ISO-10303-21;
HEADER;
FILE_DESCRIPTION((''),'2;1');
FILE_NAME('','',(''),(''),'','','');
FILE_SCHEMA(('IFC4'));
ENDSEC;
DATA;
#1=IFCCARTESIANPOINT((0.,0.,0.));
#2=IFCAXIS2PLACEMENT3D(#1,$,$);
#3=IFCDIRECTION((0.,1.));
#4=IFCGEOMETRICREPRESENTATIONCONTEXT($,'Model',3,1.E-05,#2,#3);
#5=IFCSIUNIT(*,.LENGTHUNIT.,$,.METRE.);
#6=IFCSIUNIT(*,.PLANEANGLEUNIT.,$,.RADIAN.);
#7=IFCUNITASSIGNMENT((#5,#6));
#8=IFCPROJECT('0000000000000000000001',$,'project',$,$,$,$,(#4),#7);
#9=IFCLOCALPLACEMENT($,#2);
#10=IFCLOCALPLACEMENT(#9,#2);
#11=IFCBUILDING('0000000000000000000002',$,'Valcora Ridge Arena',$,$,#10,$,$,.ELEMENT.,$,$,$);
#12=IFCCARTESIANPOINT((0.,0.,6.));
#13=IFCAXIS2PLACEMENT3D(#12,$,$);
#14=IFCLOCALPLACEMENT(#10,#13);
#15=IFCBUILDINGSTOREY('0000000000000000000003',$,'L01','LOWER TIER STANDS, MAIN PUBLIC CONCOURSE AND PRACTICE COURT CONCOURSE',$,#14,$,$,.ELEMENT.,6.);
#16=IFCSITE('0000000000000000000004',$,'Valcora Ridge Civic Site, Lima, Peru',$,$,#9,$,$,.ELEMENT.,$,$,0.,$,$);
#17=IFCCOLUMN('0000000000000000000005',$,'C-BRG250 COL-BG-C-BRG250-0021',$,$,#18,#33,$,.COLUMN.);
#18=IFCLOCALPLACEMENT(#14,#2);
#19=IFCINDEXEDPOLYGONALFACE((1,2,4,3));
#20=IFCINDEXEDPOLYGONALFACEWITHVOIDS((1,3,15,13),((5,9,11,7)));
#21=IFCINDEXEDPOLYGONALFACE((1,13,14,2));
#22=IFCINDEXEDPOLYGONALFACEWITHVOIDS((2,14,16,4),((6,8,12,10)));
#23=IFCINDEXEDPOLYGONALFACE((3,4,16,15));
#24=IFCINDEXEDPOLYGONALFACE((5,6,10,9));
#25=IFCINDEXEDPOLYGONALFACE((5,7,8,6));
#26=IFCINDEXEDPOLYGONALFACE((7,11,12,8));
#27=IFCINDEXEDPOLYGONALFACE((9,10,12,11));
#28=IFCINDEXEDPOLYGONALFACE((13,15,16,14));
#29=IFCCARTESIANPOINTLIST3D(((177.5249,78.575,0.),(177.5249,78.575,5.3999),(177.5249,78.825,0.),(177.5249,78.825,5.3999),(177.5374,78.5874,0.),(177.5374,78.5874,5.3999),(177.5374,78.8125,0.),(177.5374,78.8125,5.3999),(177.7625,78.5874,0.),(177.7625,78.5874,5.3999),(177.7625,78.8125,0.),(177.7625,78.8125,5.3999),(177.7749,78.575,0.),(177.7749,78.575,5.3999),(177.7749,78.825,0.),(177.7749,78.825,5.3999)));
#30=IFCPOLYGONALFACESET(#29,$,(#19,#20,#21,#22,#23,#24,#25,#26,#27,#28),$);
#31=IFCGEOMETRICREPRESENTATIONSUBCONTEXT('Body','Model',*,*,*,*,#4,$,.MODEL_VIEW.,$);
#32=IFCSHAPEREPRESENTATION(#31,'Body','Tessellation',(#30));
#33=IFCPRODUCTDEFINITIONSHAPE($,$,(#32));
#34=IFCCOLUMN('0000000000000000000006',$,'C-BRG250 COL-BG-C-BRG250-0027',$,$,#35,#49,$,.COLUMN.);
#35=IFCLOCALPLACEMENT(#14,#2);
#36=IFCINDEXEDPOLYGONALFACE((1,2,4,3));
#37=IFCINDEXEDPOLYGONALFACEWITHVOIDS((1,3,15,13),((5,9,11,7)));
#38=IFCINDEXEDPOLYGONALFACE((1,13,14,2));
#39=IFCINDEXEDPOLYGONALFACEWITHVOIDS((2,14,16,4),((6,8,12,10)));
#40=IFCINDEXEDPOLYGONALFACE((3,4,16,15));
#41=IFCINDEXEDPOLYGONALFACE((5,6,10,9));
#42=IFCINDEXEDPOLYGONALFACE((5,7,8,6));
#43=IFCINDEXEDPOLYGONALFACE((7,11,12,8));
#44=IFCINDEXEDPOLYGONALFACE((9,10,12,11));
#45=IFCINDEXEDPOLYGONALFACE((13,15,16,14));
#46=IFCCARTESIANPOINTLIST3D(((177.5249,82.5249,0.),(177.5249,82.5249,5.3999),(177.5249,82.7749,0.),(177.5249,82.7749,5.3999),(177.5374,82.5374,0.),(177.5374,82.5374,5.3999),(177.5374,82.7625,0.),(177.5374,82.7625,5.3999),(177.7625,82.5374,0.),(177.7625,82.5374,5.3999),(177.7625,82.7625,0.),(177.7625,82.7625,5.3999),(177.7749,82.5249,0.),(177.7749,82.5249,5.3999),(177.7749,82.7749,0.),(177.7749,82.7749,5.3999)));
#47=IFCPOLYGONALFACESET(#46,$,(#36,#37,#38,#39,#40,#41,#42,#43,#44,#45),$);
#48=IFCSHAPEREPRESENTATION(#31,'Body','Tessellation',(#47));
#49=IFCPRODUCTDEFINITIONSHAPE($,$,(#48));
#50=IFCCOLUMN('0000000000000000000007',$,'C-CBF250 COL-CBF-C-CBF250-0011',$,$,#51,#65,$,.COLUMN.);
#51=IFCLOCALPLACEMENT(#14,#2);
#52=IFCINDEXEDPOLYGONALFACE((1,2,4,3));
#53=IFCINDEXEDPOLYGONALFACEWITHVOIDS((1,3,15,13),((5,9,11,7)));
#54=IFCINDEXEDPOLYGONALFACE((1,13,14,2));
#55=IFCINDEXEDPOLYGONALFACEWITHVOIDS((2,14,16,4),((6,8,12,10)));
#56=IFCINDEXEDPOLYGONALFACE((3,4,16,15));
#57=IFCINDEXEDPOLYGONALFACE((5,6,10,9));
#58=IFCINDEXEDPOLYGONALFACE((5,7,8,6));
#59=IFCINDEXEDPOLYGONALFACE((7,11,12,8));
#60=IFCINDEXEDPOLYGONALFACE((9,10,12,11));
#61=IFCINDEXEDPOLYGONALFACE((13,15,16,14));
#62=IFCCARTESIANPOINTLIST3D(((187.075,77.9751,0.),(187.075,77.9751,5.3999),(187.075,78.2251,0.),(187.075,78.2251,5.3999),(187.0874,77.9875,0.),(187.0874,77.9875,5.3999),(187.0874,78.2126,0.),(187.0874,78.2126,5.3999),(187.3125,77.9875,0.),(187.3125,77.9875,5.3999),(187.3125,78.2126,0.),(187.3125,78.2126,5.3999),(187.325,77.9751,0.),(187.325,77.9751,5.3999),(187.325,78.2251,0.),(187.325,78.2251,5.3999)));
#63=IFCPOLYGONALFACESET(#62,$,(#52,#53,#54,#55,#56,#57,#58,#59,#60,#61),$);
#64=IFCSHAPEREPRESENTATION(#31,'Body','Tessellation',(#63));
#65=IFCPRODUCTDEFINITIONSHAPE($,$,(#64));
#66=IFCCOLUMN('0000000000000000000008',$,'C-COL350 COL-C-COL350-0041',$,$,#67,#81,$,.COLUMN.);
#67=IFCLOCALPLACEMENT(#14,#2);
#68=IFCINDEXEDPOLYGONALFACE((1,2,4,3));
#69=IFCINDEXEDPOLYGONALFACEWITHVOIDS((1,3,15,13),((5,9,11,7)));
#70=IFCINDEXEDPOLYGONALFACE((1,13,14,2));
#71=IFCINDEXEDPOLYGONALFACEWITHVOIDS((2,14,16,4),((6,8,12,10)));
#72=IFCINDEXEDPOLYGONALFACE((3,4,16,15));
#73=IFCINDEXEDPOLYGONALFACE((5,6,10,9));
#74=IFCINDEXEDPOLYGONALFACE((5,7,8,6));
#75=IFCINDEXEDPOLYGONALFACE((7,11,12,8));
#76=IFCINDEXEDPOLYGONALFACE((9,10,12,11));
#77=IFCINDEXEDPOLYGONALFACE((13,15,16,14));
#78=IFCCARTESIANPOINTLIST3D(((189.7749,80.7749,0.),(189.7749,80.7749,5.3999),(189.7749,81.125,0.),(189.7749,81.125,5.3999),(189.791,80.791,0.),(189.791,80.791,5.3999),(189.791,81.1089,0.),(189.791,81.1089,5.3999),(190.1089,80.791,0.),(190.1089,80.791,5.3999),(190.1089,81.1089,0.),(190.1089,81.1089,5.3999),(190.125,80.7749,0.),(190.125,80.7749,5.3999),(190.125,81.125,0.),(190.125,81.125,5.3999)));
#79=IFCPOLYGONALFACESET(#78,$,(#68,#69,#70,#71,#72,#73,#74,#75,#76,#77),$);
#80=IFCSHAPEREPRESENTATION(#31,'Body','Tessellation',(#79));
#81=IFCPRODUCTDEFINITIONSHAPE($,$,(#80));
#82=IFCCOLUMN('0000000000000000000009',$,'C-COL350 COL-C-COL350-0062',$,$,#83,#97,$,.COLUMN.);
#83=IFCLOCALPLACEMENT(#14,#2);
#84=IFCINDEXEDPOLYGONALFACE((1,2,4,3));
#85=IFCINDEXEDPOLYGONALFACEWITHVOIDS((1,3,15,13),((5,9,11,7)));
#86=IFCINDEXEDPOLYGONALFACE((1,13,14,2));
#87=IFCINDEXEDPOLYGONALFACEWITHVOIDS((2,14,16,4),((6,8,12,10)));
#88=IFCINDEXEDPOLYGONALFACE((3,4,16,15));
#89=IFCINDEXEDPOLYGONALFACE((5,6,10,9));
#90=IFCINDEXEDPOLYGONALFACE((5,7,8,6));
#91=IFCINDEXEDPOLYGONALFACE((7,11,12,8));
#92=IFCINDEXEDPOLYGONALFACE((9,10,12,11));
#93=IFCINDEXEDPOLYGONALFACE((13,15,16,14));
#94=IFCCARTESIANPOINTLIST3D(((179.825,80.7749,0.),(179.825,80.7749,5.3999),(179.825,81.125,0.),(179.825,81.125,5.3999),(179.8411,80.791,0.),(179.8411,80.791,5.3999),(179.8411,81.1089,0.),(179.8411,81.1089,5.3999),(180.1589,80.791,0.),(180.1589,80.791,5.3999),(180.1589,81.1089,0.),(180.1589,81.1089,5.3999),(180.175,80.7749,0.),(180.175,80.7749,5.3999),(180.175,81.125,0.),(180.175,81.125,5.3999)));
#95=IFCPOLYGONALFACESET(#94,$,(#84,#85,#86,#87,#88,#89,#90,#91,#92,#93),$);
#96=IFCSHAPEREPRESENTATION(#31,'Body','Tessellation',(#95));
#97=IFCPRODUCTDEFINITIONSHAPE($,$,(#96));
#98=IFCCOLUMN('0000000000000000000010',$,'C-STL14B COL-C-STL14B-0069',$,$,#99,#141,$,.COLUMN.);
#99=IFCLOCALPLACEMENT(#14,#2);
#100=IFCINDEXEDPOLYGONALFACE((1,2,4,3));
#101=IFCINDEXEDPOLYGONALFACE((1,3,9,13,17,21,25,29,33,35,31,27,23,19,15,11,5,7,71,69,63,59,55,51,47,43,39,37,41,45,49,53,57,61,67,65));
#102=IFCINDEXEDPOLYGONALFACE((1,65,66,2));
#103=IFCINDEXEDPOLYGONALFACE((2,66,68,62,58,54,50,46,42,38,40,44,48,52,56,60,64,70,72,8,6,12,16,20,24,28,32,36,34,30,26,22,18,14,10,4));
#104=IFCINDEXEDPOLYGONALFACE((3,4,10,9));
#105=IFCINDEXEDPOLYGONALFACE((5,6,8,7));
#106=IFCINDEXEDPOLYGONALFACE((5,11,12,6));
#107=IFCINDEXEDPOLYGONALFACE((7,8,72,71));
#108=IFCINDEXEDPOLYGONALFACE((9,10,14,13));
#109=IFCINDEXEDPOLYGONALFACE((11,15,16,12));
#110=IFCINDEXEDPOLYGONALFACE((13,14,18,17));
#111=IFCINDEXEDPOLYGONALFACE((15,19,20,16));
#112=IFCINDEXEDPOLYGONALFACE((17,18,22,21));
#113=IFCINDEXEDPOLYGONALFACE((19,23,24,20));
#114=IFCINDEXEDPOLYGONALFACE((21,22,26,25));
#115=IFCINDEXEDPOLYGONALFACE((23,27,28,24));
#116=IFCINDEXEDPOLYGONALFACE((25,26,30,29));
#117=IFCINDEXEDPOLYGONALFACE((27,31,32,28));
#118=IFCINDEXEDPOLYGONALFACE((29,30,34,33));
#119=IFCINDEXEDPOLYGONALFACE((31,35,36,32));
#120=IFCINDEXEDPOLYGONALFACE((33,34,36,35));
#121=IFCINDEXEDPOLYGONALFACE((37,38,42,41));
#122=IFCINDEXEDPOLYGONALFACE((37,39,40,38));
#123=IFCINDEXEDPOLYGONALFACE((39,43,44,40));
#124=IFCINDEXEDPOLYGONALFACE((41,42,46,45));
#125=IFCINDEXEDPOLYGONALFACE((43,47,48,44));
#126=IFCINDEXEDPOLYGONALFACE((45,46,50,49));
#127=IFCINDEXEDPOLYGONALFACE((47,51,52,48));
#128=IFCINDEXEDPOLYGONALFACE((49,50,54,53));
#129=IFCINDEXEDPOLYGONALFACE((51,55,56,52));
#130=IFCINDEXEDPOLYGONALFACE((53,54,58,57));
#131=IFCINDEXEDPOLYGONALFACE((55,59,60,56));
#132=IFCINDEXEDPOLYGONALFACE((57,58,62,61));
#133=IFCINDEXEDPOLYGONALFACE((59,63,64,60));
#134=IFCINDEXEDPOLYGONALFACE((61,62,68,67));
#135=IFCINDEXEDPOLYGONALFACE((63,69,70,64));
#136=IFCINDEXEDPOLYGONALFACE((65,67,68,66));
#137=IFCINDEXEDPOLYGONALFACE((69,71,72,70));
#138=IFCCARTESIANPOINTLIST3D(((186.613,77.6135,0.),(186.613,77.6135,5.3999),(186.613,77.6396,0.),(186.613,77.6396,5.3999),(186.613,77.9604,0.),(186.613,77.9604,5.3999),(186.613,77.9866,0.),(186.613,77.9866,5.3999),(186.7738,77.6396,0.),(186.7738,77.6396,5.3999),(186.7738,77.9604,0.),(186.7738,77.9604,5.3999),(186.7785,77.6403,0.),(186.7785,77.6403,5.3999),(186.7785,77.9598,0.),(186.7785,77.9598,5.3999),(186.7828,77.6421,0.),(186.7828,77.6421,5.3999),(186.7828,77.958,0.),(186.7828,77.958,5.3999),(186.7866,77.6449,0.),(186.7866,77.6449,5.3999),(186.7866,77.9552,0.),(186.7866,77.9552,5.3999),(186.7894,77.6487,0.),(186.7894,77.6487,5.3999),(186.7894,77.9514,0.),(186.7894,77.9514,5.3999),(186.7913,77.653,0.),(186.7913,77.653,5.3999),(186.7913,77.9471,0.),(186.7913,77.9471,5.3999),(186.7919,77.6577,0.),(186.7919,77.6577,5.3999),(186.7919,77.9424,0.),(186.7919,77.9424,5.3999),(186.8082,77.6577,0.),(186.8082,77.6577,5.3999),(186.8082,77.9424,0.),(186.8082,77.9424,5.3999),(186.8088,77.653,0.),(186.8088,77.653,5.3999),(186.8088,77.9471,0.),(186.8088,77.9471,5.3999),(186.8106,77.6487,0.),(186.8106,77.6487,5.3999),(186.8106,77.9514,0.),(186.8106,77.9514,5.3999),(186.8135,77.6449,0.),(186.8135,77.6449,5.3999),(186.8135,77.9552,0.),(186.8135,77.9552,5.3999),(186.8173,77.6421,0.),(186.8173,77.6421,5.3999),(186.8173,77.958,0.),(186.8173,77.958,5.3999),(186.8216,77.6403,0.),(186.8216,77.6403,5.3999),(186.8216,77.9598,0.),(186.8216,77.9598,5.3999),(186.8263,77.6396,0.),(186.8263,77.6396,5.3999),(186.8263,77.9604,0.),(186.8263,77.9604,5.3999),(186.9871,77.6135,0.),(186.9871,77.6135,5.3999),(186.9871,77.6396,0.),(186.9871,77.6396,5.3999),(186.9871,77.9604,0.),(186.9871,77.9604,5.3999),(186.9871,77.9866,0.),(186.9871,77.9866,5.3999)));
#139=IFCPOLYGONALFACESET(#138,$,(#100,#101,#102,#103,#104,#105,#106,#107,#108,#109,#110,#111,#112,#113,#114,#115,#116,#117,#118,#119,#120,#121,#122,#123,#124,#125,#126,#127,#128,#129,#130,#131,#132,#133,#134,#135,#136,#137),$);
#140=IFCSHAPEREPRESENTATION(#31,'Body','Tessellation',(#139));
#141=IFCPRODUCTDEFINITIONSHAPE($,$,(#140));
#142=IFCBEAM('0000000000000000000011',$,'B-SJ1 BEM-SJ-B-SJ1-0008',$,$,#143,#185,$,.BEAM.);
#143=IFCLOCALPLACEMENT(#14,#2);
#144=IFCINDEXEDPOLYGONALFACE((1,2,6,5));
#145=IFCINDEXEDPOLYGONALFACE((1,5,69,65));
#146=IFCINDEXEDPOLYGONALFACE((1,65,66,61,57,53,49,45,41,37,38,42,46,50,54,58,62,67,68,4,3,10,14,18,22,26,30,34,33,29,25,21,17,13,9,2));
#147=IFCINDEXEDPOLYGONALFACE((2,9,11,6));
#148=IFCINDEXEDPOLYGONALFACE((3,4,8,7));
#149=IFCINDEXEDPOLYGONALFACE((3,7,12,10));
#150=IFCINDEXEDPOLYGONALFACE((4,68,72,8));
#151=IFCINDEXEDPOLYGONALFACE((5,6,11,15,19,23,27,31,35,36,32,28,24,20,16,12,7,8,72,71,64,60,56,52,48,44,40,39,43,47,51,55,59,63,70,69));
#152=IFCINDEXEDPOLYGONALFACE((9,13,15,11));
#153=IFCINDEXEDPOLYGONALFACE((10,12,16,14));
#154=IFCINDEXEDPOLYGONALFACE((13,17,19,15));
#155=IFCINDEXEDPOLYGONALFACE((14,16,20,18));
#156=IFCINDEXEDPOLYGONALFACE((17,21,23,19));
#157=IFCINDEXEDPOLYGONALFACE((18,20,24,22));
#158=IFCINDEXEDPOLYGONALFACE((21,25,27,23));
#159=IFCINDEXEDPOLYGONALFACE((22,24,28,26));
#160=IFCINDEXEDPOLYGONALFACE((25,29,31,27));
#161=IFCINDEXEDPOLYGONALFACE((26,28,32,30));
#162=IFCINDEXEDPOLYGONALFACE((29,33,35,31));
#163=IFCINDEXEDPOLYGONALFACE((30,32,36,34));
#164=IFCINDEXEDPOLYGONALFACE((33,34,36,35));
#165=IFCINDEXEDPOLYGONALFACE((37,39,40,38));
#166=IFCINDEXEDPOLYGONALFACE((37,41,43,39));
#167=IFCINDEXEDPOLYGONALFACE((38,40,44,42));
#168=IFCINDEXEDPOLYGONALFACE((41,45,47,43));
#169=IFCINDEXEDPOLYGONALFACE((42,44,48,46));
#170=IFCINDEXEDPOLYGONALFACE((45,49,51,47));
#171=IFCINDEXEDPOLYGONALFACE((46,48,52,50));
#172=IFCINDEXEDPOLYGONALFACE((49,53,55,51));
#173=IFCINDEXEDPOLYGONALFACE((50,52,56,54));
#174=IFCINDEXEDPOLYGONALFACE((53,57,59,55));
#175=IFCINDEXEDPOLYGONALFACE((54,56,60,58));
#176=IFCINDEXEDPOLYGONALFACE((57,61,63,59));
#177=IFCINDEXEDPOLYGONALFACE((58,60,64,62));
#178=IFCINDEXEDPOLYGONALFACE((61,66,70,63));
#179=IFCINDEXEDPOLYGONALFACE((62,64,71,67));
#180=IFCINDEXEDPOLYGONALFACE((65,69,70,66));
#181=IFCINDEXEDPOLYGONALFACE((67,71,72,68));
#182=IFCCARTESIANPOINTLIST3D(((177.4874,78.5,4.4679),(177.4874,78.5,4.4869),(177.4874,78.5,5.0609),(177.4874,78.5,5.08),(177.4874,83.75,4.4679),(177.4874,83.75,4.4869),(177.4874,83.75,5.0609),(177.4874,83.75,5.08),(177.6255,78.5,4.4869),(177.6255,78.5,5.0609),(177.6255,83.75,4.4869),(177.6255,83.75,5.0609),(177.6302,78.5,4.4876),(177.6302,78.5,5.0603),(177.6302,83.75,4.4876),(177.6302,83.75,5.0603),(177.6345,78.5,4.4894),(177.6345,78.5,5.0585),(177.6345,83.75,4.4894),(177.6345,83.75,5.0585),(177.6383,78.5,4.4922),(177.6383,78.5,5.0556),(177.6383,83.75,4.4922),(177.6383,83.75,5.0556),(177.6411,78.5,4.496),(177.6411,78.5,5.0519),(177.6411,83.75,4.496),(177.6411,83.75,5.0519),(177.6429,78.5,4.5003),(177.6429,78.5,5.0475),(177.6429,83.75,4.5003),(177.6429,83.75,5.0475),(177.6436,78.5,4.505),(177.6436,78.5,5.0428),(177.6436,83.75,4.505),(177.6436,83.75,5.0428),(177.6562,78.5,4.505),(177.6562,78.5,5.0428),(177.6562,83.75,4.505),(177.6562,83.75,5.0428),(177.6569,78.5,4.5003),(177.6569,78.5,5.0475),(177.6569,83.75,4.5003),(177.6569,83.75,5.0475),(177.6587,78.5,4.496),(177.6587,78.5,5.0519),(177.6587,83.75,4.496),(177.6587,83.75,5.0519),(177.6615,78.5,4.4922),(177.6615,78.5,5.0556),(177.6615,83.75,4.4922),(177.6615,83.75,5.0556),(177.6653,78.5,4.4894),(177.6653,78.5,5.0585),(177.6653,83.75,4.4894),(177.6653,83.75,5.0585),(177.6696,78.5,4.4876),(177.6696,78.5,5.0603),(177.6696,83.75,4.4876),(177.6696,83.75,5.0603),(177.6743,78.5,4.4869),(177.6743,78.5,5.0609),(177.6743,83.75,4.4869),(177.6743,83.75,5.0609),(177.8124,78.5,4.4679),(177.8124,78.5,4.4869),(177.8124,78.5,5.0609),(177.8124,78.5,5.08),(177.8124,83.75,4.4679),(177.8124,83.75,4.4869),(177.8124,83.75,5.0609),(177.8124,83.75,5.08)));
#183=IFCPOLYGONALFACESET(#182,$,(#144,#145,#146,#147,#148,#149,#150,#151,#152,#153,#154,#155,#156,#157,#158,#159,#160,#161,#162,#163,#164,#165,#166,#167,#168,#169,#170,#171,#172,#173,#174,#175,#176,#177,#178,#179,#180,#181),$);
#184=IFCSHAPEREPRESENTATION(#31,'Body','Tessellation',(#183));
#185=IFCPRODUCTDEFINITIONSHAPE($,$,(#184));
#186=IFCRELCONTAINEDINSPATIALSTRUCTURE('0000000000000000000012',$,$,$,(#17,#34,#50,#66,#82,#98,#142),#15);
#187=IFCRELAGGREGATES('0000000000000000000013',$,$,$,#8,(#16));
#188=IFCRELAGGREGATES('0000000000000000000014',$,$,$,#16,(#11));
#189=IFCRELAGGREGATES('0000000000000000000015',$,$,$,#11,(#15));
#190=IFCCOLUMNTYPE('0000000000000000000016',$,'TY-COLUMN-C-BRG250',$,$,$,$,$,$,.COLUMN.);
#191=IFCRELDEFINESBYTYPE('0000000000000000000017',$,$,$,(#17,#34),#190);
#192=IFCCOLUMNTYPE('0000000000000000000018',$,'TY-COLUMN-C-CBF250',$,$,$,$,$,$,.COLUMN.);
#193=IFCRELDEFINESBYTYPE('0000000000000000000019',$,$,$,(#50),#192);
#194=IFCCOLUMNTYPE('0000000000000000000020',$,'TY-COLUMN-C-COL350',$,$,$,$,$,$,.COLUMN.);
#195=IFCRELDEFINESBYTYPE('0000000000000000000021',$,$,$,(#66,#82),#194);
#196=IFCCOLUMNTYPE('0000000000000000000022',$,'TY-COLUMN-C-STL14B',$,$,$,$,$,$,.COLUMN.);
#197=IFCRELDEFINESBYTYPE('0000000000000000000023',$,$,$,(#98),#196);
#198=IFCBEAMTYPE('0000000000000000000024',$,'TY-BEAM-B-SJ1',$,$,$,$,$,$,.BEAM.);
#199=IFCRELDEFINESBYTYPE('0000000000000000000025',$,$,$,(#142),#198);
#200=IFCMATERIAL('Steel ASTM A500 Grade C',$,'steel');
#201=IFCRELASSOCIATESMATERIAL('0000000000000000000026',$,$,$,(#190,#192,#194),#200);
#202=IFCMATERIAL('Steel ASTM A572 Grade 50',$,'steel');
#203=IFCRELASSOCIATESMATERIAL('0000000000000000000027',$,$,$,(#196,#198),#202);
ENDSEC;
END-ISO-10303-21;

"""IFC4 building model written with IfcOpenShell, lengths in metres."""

from ifc_helpers import new_model, si_unit, direction, frame, origin, origin_2d, place, context, subcontext, project, spatial, hollow_rectangle, i_section, extrude, material, material_profile, profile_set, type_object, element, save


model = new_model("IFC4")

# Units and contexts
model_context = context("Model", 3, precision=1e-05, world=origin(), true_north=direction((0.0, 1.0)))
body_context = subcontext(model_context, "Body", "Model", "MODEL_VIEW")
ifc_project = project(units=[si_unit("LENGTHUNIT", "METRE"), si_unit("PLANEANGLEUNIT", "RADIAN")], contexts=[model_context])

# Site, building, storey
site_placement = place(None, origin())
site = spatial("IfcSite", under=ifc_project, at=site_placement, Name="Valcora Ridge Civic Site, Lima, Peru", CompositionType="ELEMENT", RefElevation=0.0)
building_placement = place(site_placement, origin())
building = spatial("IfcBuilding", under=site, at=building_placement, Name="Valcora Ridge Arena", CompositionType="ELEMENT")
storey_placement = place(building_placement, frame((0.0, 0.0, 6.0)))
storey = spatial("IfcBuildingStorey", under=building, at=storey_placement, Name="L01", Description="LOWER TIER STANDS, MAIN PUBLIC CONCOURSE AND PRACTICE COURT CONCOURSE", CompositionType="ELEMENT", Elevation=6.0)

# Columns
ifc_material_1 = material(Name="Steel ASTM A500 Grade C", Category="steel")
ifc_material_profile_1 = material_profile(ifc_material_1, hollow_rectangle(XDim=0.25, YDim=0.25, WallThickness=0.0125, at=origin_2d()), Name="HSS250X250X12")
ifc_profile_set_1 = profile_set([ifc_material_profile_1], Name="Steel ASTM A500 Grade C")
column_type_1 = type_object("IfcColumnType", Name="TY-COLUMN-C-BRG250", PredefinedType="COLUMN", material=ifc_profile_set_1)
for number, where, z_axis, x_axis, name in (
    (1, (177.6499, 78.7, 0.0), (0.0, 0.0, 1.0), (1.0, 0.0, 0.0), "C-BRG250 COL-BG-C-BRG250-0021"),
    (2, (177.6499, 82.6499, 0.0), (0.0, 0.0, 1.0), (1.0, 0.0, 0.0), "C-BRG250 COL-BG-C-BRG250-0027"),
):
    element("IfcColumn", number, at=place(storey_placement, frame(where, z_axis=z_axis, x_axis=x_axis)), inside=storey, type_object=column_type_1, Name=name, PredefinedType="COLUMN", context=body_context, shape_type="SweptSolid", body=[
        extrude(hollow_rectangle(XDim=0.25, YDim=0.25, WallThickness=0.0125, at=origin_2d()), origin(), (0.0, 0.0, 1.0), 5.3999),
    ])
ifc_material_profile_2 = material_profile(ifc_material_1, hollow_rectangle(XDim=0.25, YDim=0.25, WallThickness=0.0125, at=origin_2d()), Name="HSS250X250X12")
ifc_profile_set_2 = profile_set([ifc_material_profile_2], Name="Steel ASTM A500 Grade C")
column_type_2 = type_object("IfcColumnType", Name="TY-COLUMN-C-CBF250", PredefinedType="COLUMN", material=ifc_profile_set_2)
column_1_placement = place(storey_placement, frame((187.2, 78.1001, 0.0), z_axis=(0.0, 0.0, 1.0), x_axis=(1.0, 0.0, 0.0)))
element("IfcColumn", 3, at=column_1_placement, inside=storey, type_object=column_type_2, Name="C-CBF250 COL-CBF-C-CBF250-0011", PredefinedType="COLUMN", context=body_context, shape_type="SweptSolid", body=[
    extrude(hollow_rectangle(XDim=0.25, YDim=0.25, WallThickness=0.0125, at=origin_2d()), origin(), (0.0, 0.0, 1.0), 5.3999),
])
ifc_material_profile_3 = material_profile(ifc_material_1, hollow_rectangle(XDim=0.3501, YDim=0.3501, WallThickness=0.0161, at=origin_2d()), Name="HSS350X350X16")
ifc_profile_set_3 = profile_set([ifc_material_profile_3], Name="Steel ASTM A500 Grade C")
column_type_3 = type_object("IfcColumnType", Name="TY-COLUMN-C-COL350", PredefinedType="COLUMN", material=ifc_profile_set_3)
for number, where, z_axis, x_axis, name in (
    (4, (189.95, 80.95, 0.0), (0.0, 0.0, 1.0), (1.0, 0.0, 0.0), "C-COL350 COL-C-COL350-0041"),
    (5, (180.0, 80.95, 0.0), (0.0, 0.0, 1.0), (1.0, 0.0, 0.0), "C-COL350 COL-C-COL350-0062"),
):
    element("IfcColumn", number, at=place(storey_placement, frame(where, z_axis=z_axis, x_axis=x_axis)), inside=storey, type_object=column_type_3, Name=name, PredefinedType="COLUMN", context=body_context, shape_type="SweptSolid", body=[
        extrude(hollow_rectangle(XDim=0.3501, YDim=0.3501, WallThickness=0.0161, at=origin_2d()), origin(), (0.0, 0.0, 1.0), 5.3999),
    ])
ifc_material_2 = material(Name="Steel ASTM A572 Grade 50", Category="steel")
ifc_material_profile_4 = material_profile(ifc_material_2, i_section(OverallWidth=0.374, OverallDepth=0.373, WebThickness=0.0164, FlangeThickness=0.0261, FilletRadius=0.0181, at=origin_2d()), Name="W14X132")
ifc_profile_set_4 = profile_set([ifc_material_profile_4], Name="Steel ASTM A572 Grade 50")
column_type_4 = type_object("IfcColumnType", Name="TY-COLUMN-C-STL14B", PredefinedType="COLUMN", material=ifc_profile_set_4)
column_2_placement = place(storey_placement, frame((186.8, 77.8, 0.0), z_axis=(0.0, 0.0, 1.0), x_axis=(1.0, 0.0, 0.0)))
element("IfcColumn", 6, at=column_2_placement, inside=storey, type_object=column_type_4, Name="C-STL14B COL-C-STL14B-0069", PredefinedType="COLUMN", context=body_context, shape_type="SweptSolid", body=[
    extrude(i_section(OverallWidth=0.374, OverallDepth=0.373, WebThickness=0.0164, FlangeThickness=0.0261, FilletRadius=0.0181, at=origin_2d()), origin(), (0.0, 0.0, 1.0), 5.3999),
])

# Beam
ifc_material_profile_5 = material_profile(ifc_material_2, i_section(OverallWidth=0.325, OverallDepth=0.6121, WebThickness=0.0127, FlangeThickness=0.019, FilletRadius=0.0181, at=origin_2d()), Name="W24X104")
ifc_profile_set_5 = profile_set([ifc_material_profile_5], Name="Steel ASTM A572 Grade 50")
beam_type = type_object("IfcBeamType", Name="TY-BEAM-B-SJ1", PredefinedType="BEAM", material=ifc_profile_set_5)
beam_placement = place(storey_placement, frame((177.6499, 78.5, 4.7739), z_axis=(0.0, 1.0, 0.0), x_axis=(-1.0, 0.0, 0.0)))
element("IfcBeam", 7, at=beam_placement, inside=storey, type_object=beam_type, Name="B-SJ1 BEM-SJ-B-SJ1-0008", PredefinedType="BEAM", context=body_context, shape_type="SweptSolid", body=[
    extrude(i_section(OverallWidth=0.325, OverallDepth=0.6121, WebThickness=0.0127, FlangeThickness=0.019, FilletRadius=0.0181, at=origin_2d()), origin(), (0.0, 0.0, 1.0), 5.25),
])

save(model, "model.ifc")
